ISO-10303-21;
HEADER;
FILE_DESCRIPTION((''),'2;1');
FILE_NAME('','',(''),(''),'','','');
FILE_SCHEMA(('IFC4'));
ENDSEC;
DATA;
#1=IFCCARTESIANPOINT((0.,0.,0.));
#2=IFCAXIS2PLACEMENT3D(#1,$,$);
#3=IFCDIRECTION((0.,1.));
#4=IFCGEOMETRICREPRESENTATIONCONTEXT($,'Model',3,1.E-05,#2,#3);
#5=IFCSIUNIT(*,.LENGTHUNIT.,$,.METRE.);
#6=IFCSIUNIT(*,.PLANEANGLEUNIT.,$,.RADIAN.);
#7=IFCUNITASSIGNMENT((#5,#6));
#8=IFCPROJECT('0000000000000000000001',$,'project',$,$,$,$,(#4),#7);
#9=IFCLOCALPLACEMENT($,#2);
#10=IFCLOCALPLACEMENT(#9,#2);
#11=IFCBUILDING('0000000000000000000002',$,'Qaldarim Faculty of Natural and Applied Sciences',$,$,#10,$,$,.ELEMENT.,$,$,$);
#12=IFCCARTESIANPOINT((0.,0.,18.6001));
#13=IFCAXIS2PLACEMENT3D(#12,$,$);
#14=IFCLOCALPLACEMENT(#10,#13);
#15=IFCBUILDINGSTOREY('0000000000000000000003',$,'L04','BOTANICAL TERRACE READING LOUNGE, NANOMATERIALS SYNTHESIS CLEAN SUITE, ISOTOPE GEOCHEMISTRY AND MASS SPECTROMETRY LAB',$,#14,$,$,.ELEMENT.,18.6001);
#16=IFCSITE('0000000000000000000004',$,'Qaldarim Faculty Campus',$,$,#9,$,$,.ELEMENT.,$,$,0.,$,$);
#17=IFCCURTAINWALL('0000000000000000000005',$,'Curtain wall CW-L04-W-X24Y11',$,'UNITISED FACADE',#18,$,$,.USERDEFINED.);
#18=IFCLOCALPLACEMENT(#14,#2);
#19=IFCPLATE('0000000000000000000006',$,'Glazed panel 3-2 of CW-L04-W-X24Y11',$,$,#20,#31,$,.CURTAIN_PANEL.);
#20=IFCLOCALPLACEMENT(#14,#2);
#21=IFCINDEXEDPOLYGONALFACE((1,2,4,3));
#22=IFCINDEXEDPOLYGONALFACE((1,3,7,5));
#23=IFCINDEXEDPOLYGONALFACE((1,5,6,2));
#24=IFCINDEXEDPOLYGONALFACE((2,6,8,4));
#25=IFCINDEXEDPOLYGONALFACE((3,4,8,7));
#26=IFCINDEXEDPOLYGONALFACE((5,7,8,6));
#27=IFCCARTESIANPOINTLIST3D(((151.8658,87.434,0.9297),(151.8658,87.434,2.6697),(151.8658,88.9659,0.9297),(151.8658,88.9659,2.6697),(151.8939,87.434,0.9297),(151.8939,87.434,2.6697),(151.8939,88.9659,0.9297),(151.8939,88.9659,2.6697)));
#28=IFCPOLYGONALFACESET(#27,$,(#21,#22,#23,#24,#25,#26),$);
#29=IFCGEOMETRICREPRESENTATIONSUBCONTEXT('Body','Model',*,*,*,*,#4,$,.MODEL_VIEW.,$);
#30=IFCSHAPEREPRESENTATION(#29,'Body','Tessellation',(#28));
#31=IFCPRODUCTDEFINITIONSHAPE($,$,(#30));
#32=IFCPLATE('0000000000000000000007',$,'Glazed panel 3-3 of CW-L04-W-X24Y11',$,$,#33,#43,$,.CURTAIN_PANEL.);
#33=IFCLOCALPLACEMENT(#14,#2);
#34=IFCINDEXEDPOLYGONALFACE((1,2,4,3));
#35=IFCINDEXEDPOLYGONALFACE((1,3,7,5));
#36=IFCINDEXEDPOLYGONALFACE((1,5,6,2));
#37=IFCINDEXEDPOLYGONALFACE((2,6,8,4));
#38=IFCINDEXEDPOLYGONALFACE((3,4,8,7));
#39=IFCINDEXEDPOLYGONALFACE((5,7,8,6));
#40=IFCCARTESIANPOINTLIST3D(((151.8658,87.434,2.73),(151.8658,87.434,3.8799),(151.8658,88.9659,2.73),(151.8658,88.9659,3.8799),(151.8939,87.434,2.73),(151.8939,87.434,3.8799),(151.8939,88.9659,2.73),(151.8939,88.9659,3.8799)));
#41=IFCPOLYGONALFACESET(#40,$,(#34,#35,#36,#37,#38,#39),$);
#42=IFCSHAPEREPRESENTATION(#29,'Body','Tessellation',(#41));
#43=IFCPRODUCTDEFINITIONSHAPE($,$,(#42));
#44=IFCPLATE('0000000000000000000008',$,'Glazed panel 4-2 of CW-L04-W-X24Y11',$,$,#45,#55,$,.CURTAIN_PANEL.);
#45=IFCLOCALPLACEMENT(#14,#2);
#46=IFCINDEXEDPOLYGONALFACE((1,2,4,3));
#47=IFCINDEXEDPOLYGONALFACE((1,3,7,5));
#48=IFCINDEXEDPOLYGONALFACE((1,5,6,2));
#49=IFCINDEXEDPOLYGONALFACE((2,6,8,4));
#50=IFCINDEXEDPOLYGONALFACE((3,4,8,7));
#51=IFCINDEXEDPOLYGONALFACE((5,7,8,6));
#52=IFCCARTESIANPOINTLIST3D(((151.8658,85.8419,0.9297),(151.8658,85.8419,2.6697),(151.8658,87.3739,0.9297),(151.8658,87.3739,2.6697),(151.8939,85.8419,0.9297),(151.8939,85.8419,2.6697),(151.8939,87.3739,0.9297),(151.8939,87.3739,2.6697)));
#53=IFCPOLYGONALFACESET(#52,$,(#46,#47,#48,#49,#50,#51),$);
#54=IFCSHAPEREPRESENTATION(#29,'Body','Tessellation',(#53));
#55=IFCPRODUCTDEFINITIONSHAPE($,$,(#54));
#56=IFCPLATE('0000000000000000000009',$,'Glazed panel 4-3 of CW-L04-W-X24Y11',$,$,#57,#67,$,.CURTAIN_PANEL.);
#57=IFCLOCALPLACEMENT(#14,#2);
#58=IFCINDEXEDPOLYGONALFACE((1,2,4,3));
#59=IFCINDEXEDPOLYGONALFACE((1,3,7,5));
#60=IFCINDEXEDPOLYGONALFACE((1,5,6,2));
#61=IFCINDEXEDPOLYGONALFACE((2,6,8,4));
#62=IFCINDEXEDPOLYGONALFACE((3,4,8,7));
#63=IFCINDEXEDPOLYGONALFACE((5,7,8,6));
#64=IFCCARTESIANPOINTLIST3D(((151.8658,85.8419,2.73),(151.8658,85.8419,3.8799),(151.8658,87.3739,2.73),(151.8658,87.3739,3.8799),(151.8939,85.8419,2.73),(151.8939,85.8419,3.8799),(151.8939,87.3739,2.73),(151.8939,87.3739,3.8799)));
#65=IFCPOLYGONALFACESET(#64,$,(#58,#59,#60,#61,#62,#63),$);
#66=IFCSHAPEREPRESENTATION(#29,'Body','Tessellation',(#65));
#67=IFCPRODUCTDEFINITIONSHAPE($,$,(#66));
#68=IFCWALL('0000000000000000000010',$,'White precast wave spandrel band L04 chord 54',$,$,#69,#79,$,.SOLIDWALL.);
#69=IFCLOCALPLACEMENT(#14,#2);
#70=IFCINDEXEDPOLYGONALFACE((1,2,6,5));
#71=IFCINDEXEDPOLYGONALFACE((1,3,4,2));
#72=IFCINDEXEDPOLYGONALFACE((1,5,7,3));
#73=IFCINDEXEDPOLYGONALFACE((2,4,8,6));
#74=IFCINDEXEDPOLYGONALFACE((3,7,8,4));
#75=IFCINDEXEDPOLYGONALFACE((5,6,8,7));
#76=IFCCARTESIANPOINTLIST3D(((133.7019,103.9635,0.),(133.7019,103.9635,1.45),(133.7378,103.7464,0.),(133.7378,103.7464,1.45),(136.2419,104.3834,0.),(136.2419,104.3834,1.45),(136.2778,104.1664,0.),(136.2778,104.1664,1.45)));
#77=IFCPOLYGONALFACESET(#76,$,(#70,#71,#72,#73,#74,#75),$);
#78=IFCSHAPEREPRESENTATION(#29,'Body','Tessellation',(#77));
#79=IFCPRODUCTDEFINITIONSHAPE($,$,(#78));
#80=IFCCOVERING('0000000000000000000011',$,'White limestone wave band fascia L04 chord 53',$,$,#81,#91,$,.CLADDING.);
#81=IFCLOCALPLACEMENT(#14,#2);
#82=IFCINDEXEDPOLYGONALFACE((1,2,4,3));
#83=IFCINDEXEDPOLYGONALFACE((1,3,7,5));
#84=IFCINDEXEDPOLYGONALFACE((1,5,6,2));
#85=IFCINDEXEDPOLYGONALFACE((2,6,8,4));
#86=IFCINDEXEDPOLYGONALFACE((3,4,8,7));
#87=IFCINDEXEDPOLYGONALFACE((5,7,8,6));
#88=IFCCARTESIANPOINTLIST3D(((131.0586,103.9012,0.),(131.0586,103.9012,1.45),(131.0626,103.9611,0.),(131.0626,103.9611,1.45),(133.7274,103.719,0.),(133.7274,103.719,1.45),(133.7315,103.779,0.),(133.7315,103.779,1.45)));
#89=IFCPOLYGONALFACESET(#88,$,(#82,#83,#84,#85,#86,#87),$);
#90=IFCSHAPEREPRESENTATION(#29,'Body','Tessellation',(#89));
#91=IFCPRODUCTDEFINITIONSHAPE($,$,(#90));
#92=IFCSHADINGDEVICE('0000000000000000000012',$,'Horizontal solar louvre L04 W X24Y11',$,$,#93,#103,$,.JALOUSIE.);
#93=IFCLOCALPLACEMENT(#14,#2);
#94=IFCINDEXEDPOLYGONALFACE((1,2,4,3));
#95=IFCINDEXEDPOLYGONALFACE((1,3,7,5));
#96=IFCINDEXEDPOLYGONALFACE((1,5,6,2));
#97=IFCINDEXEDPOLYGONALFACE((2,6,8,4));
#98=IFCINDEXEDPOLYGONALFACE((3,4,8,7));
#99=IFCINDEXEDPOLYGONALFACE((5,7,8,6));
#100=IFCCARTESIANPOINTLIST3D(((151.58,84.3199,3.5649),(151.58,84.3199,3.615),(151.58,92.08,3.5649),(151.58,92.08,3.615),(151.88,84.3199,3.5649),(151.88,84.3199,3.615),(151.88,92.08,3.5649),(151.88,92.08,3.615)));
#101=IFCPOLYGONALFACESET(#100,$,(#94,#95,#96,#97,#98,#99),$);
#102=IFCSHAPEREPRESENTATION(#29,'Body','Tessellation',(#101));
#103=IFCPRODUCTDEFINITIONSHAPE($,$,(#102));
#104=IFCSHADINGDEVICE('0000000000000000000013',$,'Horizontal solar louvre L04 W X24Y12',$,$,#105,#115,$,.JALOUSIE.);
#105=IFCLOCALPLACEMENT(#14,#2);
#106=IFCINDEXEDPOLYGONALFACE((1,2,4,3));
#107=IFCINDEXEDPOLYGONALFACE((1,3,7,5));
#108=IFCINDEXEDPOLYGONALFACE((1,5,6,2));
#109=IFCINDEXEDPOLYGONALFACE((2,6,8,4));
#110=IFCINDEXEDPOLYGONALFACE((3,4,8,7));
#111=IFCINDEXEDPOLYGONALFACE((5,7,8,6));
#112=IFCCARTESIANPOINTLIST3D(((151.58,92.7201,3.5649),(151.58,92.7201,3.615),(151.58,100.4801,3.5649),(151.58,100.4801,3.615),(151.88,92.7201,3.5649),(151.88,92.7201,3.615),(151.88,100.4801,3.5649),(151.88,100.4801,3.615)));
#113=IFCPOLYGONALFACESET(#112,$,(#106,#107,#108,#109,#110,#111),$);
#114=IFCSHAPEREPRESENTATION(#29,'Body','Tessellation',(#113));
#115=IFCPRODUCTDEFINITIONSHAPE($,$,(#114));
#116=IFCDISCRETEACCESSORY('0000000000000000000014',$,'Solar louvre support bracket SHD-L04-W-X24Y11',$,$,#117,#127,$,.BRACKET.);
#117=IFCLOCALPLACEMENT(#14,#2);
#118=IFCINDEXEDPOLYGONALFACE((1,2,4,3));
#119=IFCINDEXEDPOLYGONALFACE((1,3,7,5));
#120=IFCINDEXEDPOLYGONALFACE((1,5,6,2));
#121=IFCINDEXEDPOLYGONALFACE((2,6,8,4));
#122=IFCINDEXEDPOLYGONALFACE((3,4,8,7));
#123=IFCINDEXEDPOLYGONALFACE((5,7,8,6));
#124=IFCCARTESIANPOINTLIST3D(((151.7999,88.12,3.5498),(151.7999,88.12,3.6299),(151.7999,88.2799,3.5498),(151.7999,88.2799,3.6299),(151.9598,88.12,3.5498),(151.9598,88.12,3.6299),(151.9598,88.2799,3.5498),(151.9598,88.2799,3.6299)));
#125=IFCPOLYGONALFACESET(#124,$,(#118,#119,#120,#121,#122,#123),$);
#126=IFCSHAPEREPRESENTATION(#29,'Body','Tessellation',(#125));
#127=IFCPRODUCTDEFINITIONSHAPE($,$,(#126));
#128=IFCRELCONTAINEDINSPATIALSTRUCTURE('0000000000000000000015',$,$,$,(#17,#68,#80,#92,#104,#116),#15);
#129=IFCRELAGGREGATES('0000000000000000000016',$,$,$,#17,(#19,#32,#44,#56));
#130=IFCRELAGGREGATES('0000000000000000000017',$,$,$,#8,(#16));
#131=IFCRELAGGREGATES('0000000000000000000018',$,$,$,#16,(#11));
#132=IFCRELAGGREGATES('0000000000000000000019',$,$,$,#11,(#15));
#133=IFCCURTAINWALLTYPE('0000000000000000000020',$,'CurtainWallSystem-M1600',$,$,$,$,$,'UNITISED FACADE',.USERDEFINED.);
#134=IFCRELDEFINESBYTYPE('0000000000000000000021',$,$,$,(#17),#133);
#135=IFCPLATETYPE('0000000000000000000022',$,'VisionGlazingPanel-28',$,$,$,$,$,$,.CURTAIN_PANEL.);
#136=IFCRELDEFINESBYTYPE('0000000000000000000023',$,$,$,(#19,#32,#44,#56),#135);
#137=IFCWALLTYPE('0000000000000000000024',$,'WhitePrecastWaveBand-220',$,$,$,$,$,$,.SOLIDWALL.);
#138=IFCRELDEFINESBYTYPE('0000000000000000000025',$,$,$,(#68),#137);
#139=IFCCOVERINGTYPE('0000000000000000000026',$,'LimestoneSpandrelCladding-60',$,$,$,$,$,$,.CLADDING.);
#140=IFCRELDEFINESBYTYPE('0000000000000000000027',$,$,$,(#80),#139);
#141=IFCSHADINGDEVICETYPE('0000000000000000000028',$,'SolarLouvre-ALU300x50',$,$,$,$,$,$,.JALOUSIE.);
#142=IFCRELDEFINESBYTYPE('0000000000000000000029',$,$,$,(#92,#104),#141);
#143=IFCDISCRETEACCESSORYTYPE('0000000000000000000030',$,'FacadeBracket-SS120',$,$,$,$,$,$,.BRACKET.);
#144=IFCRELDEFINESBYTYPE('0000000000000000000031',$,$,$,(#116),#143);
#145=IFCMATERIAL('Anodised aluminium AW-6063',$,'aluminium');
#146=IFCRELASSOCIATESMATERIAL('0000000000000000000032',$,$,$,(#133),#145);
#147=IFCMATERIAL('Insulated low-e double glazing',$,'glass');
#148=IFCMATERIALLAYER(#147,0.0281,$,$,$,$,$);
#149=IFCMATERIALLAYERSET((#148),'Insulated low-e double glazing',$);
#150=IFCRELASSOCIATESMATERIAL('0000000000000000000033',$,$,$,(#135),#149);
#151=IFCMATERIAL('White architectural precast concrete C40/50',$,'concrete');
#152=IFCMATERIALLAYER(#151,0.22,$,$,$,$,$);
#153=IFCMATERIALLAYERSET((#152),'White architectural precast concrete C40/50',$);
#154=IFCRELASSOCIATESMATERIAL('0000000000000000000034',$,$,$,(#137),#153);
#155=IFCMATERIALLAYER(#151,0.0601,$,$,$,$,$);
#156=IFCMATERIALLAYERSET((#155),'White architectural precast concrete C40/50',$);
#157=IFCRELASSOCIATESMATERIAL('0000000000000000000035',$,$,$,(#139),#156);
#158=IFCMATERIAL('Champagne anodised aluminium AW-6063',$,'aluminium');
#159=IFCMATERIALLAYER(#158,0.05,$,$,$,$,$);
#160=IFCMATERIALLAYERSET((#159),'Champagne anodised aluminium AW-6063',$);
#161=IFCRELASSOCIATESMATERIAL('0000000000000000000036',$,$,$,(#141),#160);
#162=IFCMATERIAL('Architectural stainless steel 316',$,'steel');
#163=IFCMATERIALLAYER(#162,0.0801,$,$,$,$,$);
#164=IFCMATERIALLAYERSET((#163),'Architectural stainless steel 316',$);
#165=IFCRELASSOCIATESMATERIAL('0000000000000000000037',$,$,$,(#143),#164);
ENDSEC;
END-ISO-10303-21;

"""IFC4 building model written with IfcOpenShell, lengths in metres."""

from ifc_helpers import new_model, si_unit, direction, frame, frame_2d, origin, origin_2d, place, context, subcontext, project, spatial, rectangle, extrude, material, layer, layer_set, type_object, element, aggregate, save


model = new_model("IFC4")

# Units and contexts
model_context = context("Model", 3, precision=1e-05, world=origin(), true_north=direction((0.0, 1.0)))
body_context = subcontext(model_context, "Body", "Model", "MODEL_VIEW")
ifc_project = project(units=[si_unit("LENGTHUNIT", "METRE"), si_unit("PLANEANGLEUNIT", "RADIAN")], contexts=[model_context])

# Site, building, storey
site_placement = place(None, origin())
site = spatial("IfcSite", under=ifc_project, at=site_placement, Name="Qaldarim Faculty Campus", CompositionType="ELEMENT", RefElevation=0.0)
building_placement = place(site_placement, origin())
building = spatial("IfcBuilding", under=site, at=building_placement, Name="Qaldarim Faculty of Natural and Applied Sciences", CompositionType="ELEMENT")
storey_placement = place(building_placement, frame((0.0, 0.0, 18.6001)))
storey = spatial("IfcBuildingStorey", under=building, at=storey_placement, Name="L04", Description="BOTANICAL TERRACE READING LOUNGE, NANOMATERIALS SYNTHESIS CLEAN SUITE, ISOTOPE GEOCHEMISTRY AND MASS SPECTROMETRY LAB", CompositionType="ELEMENT", Elevation=18.6001)

# Curtain wall
ifc_material_1 = material(Name="Anodised aluminium AW-6063", Category="aluminium")
curtain_wall_type = type_object("IfcCurtainWallType", Name="CurtainWallSystem-M1600", ElementType="UNITISED FACADE", PredefinedType="USERDEFINED", material=ifc_material_1)
curtain_wall_placement = place(storey_placement, origin())
curtain_wall = element("IfcCurtainWall", 1, at=curtain_wall_placement, inside=storey, type_object=curtain_wall_type, Name="Curtain wall CW-L04-W-X24Y11", ObjectType="UNITISED FACADE", PredefinedType="USERDEFINED")

# Plates
ifc_material_2 = material(Name="Insulated low-e double glazing", Category="glass")
ifc_layer_1 = layer(ifc_material_2, 0.0281)
ifc_layer_set_1 = layer_set([ifc_layer_1], Name="Insulated low-e double glazing")
plate_type = type_object("IfcPlateType", Name="VisionGlazingPanel-28", PredefinedType="CURTAIN_PANEL", material=ifc_layer_set_1)
plate_1_placement = place(storey_placement, frame((151.8799, 88.2, 0.9297), z_axis=(0.0, 0.0, 1.0), x_axis=(0.0, -1.0, 0.0)))
plate_1 = element("IfcPlate", 2, at=plate_1_placement, type_object=plate_type, Name="Glazed panel 3-2 of CW-L04-W-X24Y11", PredefinedType="CURTAIN_PANEL", context=body_context, shape_type="SweptSolid", body=[
    extrude(rectangle(XDim=1.532, YDim=0.0281, at=origin_2d()), origin(), (0.0, 0.0, 1.0), 1.74),
])
plate_2_placement = place(storey_placement, frame((151.8799, 88.2, 2.73), z_axis=(0.0, 0.0, 1.0), x_axis=(0.0, -1.0, 0.0)))
plate_2 = element("IfcPlate", 3, at=plate_2_placement, type_object=plate_type, Name="Glazed panel 3-3 of CW-L04-W-X24Y11", PredefinedType="CURTAIN_PANEL", context=body_context, shape_type="SweptSolid", body=[
    extrude(rectangle(XDim=1.532, YDim=0.0281, at=origin_2d()), origin(), (0.0, 0.0, 1.0), 1.1499),
])
plate_3_placement = place(storey_placement, frame((151.8799, 86.6079, 0.9297), z_axis=(0.0, 0.0, 1.0), x_axis=(0.0, -1.0, 0.0)))
plate_3 = element("IfcPlate", 4, at=plate_3_placement, type_object=plate_type, Name="Glazed panel 4-2 of CW-L04-W-X24Y11", PredefinedType="CURTAIN_PANEL", context=body_context, shape_type="SweptSolid", body=[
    extrude(rectangle(XDim=1.532, YDim=0.0281, at=origin_2d()), origin(), (0.0, 0.0, 1.0), 1.74),
])
plate_4_placement = place(storey_placement, frame((151.8799, 86.6079, 2.73), z_axis=(0.0, 0.0, 1.0), x_axis=(0.0, -1.0, 0.0)))
plate_4 = element("IfcPlate", 5, at=plate_4_placement, type_object=plate_type, Name="Glazed panel 4-3 of CW-L04-W-X24Y11", PredefinedType="CURTAIN_PANEL", context=body_context, shape_type="SweptSolid", body=[
    extrude(rectangle(XDim=1.532, YDim=0.0281, at=origin_2d()), origin(), (0.0, 0.0, 1.0), 1.1499),
])
aggregate(curtain_wall, [plate_1, plate_2, plate_3, plate_4])

# Wall
ifc_material_3 = material(Name="White architectural precast concrete C40/50", Category="concrete")
ifc_layer_2 = layer(ifc_material_3, 0.22)
ifc_layer_set_2 = layer_set([ifc_layer_2], Name="White architectural precast concrete C40/50")
wall_type = type_object("IfcWallType", Name="WhitePrecastWaveBand-220", PredefinedType="SOLIDWALL", material=ifc_layer_set_2)
wall_placement = place(storey_placement, frame((133.72, 103.855, 0.0), z_axis=(0.0, 0.0, 1.0), x_axis=(0.986608, 0.163107, 0.0)))
element("IfcWall", 6, at=wall_placement, inside=storey, type_object=wall_type, Name="White precast wave spandrel band L04 chord 54", PredefinedType="SOLIDWALL", context=body_context, shape_type="SweptSolid", body=[
    extrude(rectangle(XDim=2.5745, YDim=0.22, at=frame_2d((1.2871, 0.0))), origin(), (0.0, 0.0, 1.0), 1.45),
])

# Covering
ifc_layer_3 = layer(ifc_material_3, 0.0601)
ifc_layer_set_3 = layer_set([ifc_layer_3], Name="White architectural precast concrete C40/50")
covering_type = type_object("IfcCoveringType", Name="LimestoneSpandrelCladding-60", PredefinedType="CLADDING", material=ifc_layer_set_3)
covering_placement = place(storey_placement, frame((132.395, 103.8401, 0.0), z_axis=(0.0, 0.0, 1.0), x_axis=(0.997678, -0.068102, 0.0)))
element("IfcCovering", 7, at=covering_placement, inside=storey, type_object=covering_type, Name="White limestone wave band fascia L04 chord 53", PredefinedType="CLADDING", context=body_context, shape_type="SweptSolid", body=[
    extrude(rectangle(XDim=2.675, YDim=0.0601, at=origin_2d()), origin(), (0.0, 0.0, 1.0), 1.45),
])

# Shading devices
ifc_material_4 = material(Name="Champagne anodised aluminium AW-6063", Category="aluminium")
ifc_layer_4 = layer(ifc_material_4, 0.05)
ifc_layer_set_4 = layer_set([ifc_layer_4], Name="Champagne anodised aluminium AW-6063")
shading_device_type = type_object("IfcShadingDeviceType", Name="SolarLouvre-ALU300x50", PredefinedType="JALOUSIE", material=ifc_layer_set_4)
for number, where, z_axis, x_axis, name in (
    (8, (151.73, 88.2, 3.5649), (0.0, 0.0, 1.0), (0.0, 1.0, 0.0), "Horizontal solar louvre L04 W X24Y11"),
    (9, (151.73, 96.6001, 3.5649), (0.0, 0.0, 1.0), (0.0, 1.0, 0.0), "Horizontal solar louvre L04 W X24Y12"),
):
    element("IfcShadingDevice", number, at=place(storey_placement, frame(where, z_axis=z_axis, x_axis=x_axis)), inside=storey, type_object=shading_device_type, Name=name, PredefinedType="JALOUSIE", context=body_context, shape_type="SweptSolid", body=[
        extrude(rectangle(XDim=7.76, YDim=0.3, at=origin_2d()), origin(), (0.0, 0.0, 1.0), 0.05),
    ])

# Discrete accessory
ifc_material_5 = material(Name="Architectural stainless steel 316", Category="steel")
ifc_layer_5 = layer(ifc_material_5, 0.0801)
ifc_layer_set_5 = layer_set([ifc_layer_5], Name="Architectural stainless steel 316")
discrete_accessory_type = type_object("IfcDiscreteAccessoryType", Name="FacadeBracket-SS120", PredefinedType="BRACKET", material=ifc_layer_set_5)
discrete_accessory_placement = place(storey_placement, frame((151.8799, 88.2, 3.5498), z_axis=(0.0, 0.0, 1.0), x_axis=(0.0, 1.0, 0.0)))
element("IfcDiscreteAccessory", 10, at=discrete_accessory_placement, inside=storey, type_object=discrete_accessory_type, Name="Solar louvre support bracket SHD-L04-W-X24Y11", PredefinedType="BRACKET", context=body_context, shape_type="SweptSolid", body=[
    extrude(rectangle(XDim=0.1599, YDim=0.1599, at=origin_2d()), origin(), (0.0, 0.0, 1.0), 0.0801),
])

save(model, "model.ifc")
